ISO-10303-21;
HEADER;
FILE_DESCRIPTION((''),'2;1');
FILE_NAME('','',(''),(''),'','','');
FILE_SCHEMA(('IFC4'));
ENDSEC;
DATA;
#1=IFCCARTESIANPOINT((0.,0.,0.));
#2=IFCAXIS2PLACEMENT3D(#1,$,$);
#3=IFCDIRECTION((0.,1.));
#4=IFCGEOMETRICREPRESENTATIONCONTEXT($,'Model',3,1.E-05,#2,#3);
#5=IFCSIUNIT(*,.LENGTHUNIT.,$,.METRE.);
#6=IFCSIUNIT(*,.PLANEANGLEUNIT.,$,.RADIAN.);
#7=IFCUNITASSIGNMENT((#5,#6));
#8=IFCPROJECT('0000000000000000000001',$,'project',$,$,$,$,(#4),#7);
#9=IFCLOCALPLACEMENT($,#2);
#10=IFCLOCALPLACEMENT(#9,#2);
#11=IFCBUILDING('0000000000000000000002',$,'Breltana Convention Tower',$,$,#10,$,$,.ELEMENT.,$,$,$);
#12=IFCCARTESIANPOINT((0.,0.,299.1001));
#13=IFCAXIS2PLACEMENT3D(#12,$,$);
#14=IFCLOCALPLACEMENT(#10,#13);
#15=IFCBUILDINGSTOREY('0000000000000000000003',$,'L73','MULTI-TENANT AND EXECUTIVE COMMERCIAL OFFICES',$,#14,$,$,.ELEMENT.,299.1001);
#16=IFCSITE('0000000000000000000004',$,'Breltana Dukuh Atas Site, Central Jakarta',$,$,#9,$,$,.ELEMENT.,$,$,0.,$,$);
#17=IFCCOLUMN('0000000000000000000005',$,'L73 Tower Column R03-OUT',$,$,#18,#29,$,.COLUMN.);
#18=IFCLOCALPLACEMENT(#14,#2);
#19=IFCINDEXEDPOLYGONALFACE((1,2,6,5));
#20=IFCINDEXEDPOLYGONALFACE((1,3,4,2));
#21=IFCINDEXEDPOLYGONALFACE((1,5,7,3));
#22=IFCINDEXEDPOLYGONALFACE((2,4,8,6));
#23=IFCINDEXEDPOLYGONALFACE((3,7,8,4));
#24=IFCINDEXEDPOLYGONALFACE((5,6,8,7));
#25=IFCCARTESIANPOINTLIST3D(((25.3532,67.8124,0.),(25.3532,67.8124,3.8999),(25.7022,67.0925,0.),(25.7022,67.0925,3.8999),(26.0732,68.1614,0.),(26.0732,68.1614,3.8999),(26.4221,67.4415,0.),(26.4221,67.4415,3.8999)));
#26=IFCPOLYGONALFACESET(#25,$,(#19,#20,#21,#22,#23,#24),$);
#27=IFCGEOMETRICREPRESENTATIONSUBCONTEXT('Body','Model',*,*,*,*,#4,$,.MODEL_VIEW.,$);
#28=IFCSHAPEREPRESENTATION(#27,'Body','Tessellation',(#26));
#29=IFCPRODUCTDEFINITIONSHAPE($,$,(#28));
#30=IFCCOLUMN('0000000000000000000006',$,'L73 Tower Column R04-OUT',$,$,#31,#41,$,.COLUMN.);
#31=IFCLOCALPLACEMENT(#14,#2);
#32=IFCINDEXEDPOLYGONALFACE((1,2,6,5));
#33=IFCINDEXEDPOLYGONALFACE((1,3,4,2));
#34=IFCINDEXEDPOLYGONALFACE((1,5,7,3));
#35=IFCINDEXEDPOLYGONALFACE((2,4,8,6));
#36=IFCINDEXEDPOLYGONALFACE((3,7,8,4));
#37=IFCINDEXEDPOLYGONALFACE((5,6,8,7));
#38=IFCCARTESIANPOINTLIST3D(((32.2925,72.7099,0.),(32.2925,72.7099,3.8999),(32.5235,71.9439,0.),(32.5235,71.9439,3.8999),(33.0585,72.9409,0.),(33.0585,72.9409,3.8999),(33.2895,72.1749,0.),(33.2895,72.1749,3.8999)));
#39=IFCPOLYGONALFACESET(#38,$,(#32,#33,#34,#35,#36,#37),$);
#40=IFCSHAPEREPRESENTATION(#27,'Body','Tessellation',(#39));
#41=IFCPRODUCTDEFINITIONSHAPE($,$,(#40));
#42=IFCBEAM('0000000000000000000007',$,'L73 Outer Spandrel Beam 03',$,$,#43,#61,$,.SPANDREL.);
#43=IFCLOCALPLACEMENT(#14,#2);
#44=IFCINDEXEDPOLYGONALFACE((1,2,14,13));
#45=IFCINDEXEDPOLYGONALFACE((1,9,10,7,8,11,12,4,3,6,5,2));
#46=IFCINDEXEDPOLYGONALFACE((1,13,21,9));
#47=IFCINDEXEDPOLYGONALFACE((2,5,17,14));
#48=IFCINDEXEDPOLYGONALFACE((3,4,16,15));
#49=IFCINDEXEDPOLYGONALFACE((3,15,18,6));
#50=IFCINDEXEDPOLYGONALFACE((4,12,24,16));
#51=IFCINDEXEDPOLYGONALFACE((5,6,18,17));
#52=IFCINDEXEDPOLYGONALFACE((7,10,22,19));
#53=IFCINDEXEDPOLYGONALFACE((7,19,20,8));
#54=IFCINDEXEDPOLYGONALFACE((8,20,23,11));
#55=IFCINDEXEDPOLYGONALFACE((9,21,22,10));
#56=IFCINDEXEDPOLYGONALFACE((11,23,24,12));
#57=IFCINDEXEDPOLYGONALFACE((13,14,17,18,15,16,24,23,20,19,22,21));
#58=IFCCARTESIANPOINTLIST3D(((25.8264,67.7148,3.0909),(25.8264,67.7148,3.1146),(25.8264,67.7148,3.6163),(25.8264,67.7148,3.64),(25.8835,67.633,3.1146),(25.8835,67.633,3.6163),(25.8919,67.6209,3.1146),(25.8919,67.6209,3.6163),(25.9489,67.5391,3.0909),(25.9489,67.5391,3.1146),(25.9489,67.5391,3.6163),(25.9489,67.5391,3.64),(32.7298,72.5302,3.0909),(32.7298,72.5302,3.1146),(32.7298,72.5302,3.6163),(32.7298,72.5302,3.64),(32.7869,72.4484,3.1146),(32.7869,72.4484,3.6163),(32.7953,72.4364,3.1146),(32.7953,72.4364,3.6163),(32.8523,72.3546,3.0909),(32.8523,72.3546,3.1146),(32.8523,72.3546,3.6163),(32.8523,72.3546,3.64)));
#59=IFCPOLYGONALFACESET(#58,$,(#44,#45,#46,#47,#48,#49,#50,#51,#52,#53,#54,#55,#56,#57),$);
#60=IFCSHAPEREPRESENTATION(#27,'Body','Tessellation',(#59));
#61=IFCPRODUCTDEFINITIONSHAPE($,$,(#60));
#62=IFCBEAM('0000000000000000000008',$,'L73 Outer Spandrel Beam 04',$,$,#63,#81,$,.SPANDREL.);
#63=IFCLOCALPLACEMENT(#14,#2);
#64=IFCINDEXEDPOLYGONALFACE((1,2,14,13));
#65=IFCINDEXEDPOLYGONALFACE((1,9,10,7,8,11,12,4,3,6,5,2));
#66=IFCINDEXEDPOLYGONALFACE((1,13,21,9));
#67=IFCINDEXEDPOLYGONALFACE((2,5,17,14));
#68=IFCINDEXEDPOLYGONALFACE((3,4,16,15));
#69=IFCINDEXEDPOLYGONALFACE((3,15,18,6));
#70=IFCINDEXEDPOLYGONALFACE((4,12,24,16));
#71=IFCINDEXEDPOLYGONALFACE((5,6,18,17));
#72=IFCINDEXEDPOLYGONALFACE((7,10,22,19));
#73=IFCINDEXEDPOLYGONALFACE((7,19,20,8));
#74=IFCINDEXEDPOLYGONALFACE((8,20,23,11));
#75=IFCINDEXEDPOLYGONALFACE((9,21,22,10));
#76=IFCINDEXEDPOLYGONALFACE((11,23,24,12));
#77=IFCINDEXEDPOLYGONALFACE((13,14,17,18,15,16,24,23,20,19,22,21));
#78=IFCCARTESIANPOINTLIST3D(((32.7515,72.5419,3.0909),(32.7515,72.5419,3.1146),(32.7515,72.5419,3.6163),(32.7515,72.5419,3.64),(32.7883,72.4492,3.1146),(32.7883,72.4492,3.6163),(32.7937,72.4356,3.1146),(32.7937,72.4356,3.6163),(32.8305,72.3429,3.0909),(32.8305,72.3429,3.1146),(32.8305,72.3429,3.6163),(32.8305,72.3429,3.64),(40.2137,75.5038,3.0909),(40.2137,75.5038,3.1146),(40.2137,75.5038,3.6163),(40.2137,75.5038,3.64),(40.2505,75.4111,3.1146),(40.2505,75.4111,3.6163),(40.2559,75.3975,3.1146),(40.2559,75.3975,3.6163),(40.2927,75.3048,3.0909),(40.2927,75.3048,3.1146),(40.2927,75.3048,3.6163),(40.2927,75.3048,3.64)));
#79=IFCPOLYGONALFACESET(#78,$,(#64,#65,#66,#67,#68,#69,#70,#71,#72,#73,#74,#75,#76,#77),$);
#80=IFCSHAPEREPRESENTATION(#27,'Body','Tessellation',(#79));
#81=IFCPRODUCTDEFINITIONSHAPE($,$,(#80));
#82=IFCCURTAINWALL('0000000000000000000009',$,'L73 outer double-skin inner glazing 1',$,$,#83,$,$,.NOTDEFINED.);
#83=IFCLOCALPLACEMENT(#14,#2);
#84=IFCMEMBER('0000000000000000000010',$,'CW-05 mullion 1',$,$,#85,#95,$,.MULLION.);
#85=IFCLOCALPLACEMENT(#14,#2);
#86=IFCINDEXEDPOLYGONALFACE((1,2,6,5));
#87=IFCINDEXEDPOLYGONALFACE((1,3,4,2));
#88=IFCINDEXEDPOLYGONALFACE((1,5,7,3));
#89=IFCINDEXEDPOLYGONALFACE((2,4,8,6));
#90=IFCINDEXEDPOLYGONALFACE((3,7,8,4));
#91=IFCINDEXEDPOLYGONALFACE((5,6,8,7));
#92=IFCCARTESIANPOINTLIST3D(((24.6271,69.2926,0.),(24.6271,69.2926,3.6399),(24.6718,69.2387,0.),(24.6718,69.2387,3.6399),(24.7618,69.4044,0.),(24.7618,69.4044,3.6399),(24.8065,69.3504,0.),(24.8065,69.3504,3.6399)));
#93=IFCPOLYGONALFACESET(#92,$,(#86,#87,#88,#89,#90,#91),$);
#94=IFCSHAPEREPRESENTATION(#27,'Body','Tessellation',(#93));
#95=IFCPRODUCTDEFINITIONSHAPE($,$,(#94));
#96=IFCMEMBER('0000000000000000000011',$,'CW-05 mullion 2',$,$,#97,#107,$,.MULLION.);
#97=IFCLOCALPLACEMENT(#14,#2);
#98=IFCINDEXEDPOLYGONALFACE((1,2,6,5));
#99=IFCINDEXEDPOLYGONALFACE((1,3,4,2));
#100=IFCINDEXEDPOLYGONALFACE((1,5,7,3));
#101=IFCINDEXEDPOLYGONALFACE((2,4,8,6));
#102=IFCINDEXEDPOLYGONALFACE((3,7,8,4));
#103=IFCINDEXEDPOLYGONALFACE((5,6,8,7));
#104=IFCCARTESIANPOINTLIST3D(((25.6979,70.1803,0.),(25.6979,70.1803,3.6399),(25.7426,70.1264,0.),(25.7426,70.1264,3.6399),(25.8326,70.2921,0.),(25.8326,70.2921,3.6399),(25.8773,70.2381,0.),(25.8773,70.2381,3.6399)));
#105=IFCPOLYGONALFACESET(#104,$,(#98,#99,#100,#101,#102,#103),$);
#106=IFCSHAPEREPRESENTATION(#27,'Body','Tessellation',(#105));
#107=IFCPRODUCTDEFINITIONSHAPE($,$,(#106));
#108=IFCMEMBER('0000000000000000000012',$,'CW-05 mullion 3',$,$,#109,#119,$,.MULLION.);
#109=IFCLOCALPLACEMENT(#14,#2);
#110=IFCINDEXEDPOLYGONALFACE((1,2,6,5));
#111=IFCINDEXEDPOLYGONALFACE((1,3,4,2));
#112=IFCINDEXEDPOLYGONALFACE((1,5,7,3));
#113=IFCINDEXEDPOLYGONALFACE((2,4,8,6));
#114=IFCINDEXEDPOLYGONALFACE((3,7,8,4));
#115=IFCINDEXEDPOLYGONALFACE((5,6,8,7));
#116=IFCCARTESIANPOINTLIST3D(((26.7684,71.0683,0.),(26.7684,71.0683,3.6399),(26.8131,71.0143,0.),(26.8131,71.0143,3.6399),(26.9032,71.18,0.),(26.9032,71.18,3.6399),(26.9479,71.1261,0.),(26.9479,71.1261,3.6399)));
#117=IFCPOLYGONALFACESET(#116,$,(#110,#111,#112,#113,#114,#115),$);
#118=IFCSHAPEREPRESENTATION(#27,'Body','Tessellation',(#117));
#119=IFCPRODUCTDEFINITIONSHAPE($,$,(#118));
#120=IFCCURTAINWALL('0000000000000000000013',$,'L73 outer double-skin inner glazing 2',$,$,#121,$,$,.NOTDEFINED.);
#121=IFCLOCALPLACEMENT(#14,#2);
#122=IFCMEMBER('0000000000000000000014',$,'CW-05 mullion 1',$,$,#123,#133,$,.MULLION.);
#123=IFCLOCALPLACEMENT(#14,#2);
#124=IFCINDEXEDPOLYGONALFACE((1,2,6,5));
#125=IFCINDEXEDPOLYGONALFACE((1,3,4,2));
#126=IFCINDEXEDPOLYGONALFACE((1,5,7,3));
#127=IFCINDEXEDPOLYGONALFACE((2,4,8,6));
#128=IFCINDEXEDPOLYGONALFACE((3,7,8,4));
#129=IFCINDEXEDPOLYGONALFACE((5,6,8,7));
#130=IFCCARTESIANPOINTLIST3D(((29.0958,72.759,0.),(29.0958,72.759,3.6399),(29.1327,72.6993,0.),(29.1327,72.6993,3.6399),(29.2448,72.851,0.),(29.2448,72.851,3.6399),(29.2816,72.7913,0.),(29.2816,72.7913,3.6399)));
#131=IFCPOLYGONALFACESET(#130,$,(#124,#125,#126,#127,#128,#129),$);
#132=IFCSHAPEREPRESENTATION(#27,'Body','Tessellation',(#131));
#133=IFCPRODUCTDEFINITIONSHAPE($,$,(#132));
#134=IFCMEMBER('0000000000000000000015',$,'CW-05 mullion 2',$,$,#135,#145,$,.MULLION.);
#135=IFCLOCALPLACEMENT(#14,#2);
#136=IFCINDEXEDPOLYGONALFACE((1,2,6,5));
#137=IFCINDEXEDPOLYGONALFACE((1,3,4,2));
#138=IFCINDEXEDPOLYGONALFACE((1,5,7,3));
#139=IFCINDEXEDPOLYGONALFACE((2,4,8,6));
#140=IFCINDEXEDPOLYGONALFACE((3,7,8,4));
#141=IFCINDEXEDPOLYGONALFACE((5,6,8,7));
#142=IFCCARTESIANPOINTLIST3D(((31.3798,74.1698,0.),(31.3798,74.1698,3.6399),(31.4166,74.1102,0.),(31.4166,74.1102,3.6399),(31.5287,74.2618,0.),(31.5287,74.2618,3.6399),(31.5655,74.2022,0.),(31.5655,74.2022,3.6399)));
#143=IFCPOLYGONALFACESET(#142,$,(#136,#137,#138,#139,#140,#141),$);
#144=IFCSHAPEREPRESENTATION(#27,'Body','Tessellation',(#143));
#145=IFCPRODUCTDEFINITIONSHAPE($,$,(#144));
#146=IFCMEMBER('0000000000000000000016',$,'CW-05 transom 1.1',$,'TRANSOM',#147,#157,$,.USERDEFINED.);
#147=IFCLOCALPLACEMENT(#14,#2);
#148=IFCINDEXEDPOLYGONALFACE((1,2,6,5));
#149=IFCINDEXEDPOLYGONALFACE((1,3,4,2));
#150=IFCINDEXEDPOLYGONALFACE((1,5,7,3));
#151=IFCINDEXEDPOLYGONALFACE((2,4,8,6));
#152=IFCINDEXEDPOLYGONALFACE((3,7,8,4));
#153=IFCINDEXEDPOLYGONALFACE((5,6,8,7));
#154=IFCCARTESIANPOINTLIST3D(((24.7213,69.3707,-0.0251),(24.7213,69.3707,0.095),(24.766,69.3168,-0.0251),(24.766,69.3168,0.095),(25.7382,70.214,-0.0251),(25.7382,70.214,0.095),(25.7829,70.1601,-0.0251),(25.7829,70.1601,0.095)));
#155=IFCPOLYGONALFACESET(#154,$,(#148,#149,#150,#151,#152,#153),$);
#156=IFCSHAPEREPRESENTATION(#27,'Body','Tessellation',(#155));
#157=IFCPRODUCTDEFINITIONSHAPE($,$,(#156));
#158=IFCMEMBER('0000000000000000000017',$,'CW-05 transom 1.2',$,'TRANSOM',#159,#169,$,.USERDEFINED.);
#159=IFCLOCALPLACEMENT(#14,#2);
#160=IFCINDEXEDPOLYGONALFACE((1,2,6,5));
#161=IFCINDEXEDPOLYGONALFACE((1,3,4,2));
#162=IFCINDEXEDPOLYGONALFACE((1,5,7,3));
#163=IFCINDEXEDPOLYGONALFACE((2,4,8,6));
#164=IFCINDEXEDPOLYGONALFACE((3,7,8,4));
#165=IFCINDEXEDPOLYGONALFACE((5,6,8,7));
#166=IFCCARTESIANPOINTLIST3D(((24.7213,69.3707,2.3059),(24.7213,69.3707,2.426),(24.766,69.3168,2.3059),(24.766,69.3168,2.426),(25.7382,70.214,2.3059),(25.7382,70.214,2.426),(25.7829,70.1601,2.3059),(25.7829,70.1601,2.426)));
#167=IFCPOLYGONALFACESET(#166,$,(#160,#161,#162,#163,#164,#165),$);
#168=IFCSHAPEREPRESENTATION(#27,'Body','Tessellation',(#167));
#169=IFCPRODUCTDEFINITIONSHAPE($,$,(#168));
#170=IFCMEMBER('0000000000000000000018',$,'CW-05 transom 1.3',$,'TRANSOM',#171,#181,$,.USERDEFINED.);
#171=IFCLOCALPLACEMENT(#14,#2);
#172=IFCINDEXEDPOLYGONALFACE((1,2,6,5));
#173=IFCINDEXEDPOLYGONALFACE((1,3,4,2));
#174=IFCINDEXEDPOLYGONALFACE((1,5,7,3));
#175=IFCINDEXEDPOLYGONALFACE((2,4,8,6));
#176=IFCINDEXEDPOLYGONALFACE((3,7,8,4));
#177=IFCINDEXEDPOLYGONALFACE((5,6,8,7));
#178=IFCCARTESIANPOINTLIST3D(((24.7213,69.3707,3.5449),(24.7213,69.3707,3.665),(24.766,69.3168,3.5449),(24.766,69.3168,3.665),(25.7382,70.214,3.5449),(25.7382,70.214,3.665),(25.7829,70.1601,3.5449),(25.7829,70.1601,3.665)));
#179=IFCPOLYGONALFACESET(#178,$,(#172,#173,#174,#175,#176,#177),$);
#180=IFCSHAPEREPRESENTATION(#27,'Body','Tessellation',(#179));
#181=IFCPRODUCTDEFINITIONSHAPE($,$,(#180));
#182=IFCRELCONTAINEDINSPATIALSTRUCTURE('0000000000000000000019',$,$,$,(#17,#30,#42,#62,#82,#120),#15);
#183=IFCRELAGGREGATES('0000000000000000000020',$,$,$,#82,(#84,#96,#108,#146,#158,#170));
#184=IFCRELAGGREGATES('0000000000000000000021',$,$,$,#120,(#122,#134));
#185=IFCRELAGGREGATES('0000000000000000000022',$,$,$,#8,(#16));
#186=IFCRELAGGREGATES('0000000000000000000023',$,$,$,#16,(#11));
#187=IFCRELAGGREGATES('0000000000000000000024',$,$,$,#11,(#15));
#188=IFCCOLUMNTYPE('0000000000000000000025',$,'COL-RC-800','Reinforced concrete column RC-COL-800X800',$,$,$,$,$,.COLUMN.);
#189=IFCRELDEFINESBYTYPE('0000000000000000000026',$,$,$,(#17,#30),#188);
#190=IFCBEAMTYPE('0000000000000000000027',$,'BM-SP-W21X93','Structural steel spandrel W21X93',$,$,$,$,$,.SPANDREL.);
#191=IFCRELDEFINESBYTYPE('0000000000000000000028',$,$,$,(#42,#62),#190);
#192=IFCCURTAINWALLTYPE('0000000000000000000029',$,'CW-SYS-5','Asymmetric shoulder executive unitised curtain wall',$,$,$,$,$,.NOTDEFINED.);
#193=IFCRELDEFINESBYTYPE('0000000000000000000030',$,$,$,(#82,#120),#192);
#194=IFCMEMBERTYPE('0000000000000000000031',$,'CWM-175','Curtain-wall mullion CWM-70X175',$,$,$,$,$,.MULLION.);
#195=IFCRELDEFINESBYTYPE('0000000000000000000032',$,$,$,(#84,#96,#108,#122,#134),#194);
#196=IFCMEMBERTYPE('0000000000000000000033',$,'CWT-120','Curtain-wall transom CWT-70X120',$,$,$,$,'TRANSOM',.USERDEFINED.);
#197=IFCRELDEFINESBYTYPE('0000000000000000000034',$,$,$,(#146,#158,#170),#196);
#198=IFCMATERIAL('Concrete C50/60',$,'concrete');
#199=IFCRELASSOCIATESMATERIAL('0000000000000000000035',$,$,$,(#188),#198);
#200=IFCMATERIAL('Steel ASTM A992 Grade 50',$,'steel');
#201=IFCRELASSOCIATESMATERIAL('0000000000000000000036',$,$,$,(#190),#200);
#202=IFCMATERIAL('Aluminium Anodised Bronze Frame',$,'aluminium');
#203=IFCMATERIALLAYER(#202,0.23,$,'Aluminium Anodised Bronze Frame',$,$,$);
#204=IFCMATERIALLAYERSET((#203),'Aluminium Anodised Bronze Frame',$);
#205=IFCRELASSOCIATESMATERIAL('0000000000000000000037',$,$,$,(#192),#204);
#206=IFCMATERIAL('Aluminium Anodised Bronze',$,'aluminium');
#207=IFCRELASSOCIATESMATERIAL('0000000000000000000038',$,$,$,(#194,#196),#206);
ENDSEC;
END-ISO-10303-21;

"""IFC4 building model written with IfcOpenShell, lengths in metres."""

from ifc_helpers import new_model, si_unit, direction, frame, origin, origin_2d, place, context, subcontext, project, spatial, rectangle, i_section, extrude, source, transform, mapped, material, layer, layer_set, material_profile, profile_set, type_object, element, aggregate, save


model = new_model("IFC4")

# Units and contexts
model_context = context("Model", 3, precision=1e-05, world=origin(), true_north=direction((0.0, 1.0)))
body_context = subcontext(model_context, "Body", "Model", "MODEL_VIEW")
ifc_project = project(units=[si_unit("LENGTHUNIT", "METRE"), si_unit("PLANEANGLEUNIT", "RADIAN")], contexts=[model_context])

# Site, building, storey
site_placement = place(None, origin())
site = spatial("IfcSite", under=ifc_project, at=site_placement, Name="Breltana Dukuh Atas Site, Central Jakarta", CompositionType="ELEMENT", RefElevation=0.0)
building_placement = place(site_placement, origin())
building = spatial("IfcBuilding", under=site, at=building_placement, Name="Breltana Convention Tower", CompositionType="ELEMENT")
storey_placement = place(building_placement, frame((0.0, 0.0, 299.1001)))
storey = spatial("IfcBuildingStorey", under=building, at=storey_placement, Name="L73", Description="MULTI-TENANT AND EXECUTIVE COMMERCIAL OFFICES", CompositionType="ELEMENT", Elevation=299.1001)

# Columns
ifc_material_1 = material(Name="Concrete C50/60", Category="concrete")
ifc_material_profile_1 = material_profile(ifc_material_1, rectangle(XDim=0.8, YDim=0.8, at=origin_2d()), Name="RC-COL-800X800")
ifc_profile_set_1 = profile_set([ifc_material_profile_1], Name="Concrete C50/60")
column_type = type_object("IfcColumnType", Name="COL-RC-800", Description="Reinforced concrete column RC-COL-800X800", PredefinedType="COLUMN", material=ifc_profile_set_1)
shared_shape_1 = source(origin(), body_context, "Body", "SweptSolid", [
    extrude(rectangle(XDim=0.8, YDim=0.8, at=origin_2d()), origin(), (0.0, 0.0, 1.0), 3.8999),
])
for number, where, z_axis, x_axis, name in (
    (1, (25.8877, 67.627, 0.0), (0.0, 0.0, 1.0), (-0.436174, 0.899863, 0.0), "L73 Tower Column R03-OUT"),
    (2, (32.791, 72.4424, 0.0), (0.0, 0.0, 1.0), (-0.288698, 0.95742, 0.0), "L73 Tower Column R04-OUT"),
):
    element("IfcColumn", number, at=place(storey_placement, frame(where, z_axis=z_axis, x_axis=x_axis)), inside=storey, type_object=column_type, Name=name, PredefinedType="COLUMN", context=body_context, shape_type="MappedRepresentation", body=[
        mapped(shared_shape_1, transform((0.0, 0.0, 0.0), scale=1.0)),
    ])

# Beams
ifc_material_2 = material(Name="Steel ASTM A992 Grade 50", Category="steel")
ifc_material_profile_2 = material_profile(ifc_material_2, i_section(OverallWidth=0.2141, OverallDepth=0.5491, WebThickness=0.0146, FlangeThickness=0.0237, at=origin_2d()), Name="W21X93")
ifc_profile_set_2 = profile_set([ifc_material_profile_2], Name="Steel ASTM A992 Grade 50")
beam_type = type_object("IfcBeamType", Name="BM-SP-W21X93", Description="Structural steel spandrel W21X93", PredefinedType="SPANDREL", material=ifc_profile_set_2)
shared_shape_2 = source(origin(), body_context, "Body", "SweptSolid", [
    extrude(i_section(OverallWidth=0.2141, OverallDepth=0.5491, WebThickness=0.0146, FlangeThickness=0.0237, at=origin_2d()), origin(), (0.0, 0.0, 1.0), 8.417),
])
beam_1_placement = place(storey_placement, frame((25.8877, 67.627, 3.3655), z_axis=(0.820174, 0.572114, 0.0), x_axis=(-0.572114, 0.820174, 0.0)))
element("IfcBeam", 3, at=beam_1_placement, inside=storey, type_object=beam_type, Name="L73 Outer Spandrel Beam 03", PredefinedType="SPANDREL", context=body_context, shape_type="MappedRepresentation", body=[
    mapped(shared_shape_2, transform((0.0, 0.0, 0.0), scale=1.0)),
])
shared_shape_3 = source(origin(), body_context, "Body", "SweptSolid", [
    extrude(i_section(OverallWidth=0.2141, OverallDepth=0.5491, WebThickness=0.0146, FlangeThickness=0.0237, at=origin_2d()), origin(), (0.0, 0.0, 1.0), 8.0286),
])
beam_2_placement = place(storey_placement, frame((32.791, 72.4424, 3.3655), z_axis=(0.929459, 0.368925, 0.0), x_axis=(-0.368925, 0.929459, 0.0)))
element("IfcBeam", 4, at=beam_2_placement, inside=storey, type_object=beam_type, Name="L73 Outer Spandrel Beam 04", PredefinedType="SPANDREL", context=body_context, shape_type="MappedRepresentation", body=[
    mapped(shared_shape_3, transform((0.0, 0.0, 0.0), scale=1.0)),
])

# Curtain walls, members
ifc_material_3 = material(Name="Aluminium Anodised Bronze Frame", Category="aluminium")
ifc_layer_1 = layer(ifc_material_3, 0.23, Name="Aluminium Anodised Bronze Frame")
ifc_layer_set_1 = layer_set([ifc_layer_1], Name="Aluminium Anodised Bronze Frame")
curtain_wall_type = type_object("IfcCurtainWallType", Name="CW-SYS-5", Description="Asymmetric shoulder executive unitised curtain wall", PredefinedType="NOTDEFINED", material=ifc_layer_set_1)
curtain_wall_1_placement = place(storey_placement, origin())
curtain_wall_1 = element("IfcCurtainWall", 5, at=curtain_wall_1_placement, inside=storey, type_object=curtain_wall_type, Name="L73 outer double-skin inner glazing 1", PredefinedType="NOTDEFINED")
ifc_material_4 = material(Name="Aluminium Anodised Bronze", Category="aluminium")
ifc_material_profile_3 = material_profile(ifc_material_4, rectangle(XDim=0.0701, YDim=0.175, at=origin_2d()), Name="CWM-70X175")
ifc_profile_set_3 = profile_set([ifc_material_profile_3], Name="Aluminium Anodised Bronze")
member_type_1 = type_object("IfcMemberType", Name="CWM-175", Description="Curtain-wall mullion CWM-70X175", PredefinedType="MULLION", material=ifc_profile_set_3)
shared_shape_4 = source(origin(), body_context, "Body", "SweptSolid", [
    extrude(rectangle(XDim=0.0701, YDim=0.175, at=origin_2d()), origin(), (0.0, 0.0, 1.0), 3.6399),
])
member_1_placement = place(storey_placement, frame((24.7168, 69.3215, 0.0), z_axis=(0.0, 0.0, 1.0), x_axis=(-0.63832, 0.769771, 0.0)))
member_1 = element("IfcMember", 6, at=member_1_placement, type_object=member_type_1, Name="CW-05 mullion 1", PredefinedType="MULLION", context=body_context, shape_type="MappedRepresentation", body=[
    mapped(shared_shape_4, transform((0.0, 0.0, 0.0), scale=1.0)),
])
member_2_placement = place(storey_placement, frame((25.7876, 70.2092, 0.0), z_axis=(0.0, 0.0, 1.0), x_axis=(-0.63832, 0.769771, 0.0)))
member_2 = element("IfcMember", 7, at=member_2_placement, type_object=member_type_1, Name="CW-05 mullion 2", PredefinedType="MULLION", context=body_context, shape_type="MappedRepresentation", body=[
    mapped(shared_shape_4, transform((0.0, 0.0, 0.0), scale=1.0)),
])
member_3_placement = place(storey_placement, frame((26.8582, 71.0972, 0.0), z_axis=(0.0, 0.0, 1.0), x_axis=(-0.63832, 0.769771, 0.0)))
member_3 = element("IfcMember", 8, at=member_3_placement, type_object=member_type_1, Name="CW-05 mullion 3", PredefinedType="MULLION", context=body_context, shape_type="MappedRepresentation", body=[
    mapped(shared_shape_4, transform((0.0, 0.0, 0.0), scale=1.0)),
])
curtain_wall_2_placement = place(storey_placement, origin())
curtain_wall_2 = element("IfcCurtainWall", 9, at=curtain_wall_2_placement, inside=storey, type_object=curtain_wall_type, Name="L73 outer double-skin inner glazing 2", PredefinedType="NOTDEFINED")
member_4_placement = place(storey_placement, frame((29.1887, 72.7751, 0.0), z_axis=(0.0, 0.0, 1.0), x_axis=(-0.525541, 0.850768, 0.0)))
member_4 = element("IfcMember", 10, at=member_4_placement, type_object=member_type_1, Name="CW-05 mullion 1", PredefinedType="MULLION", context=body_context, shape_type="MappedRepresentation", body=[
    mapped(shared_shape_4, transform((0.0, 0.0, 0.0), scale=1.0)),
])
member_5_placement = place(storey_placement, frame((31.4727, 74.186, 0.0), z_axis=(0.0, 0.0, 1.0), x_axis=(-0.525541, 0.850768, 0.0)))
member_5 = element("IfcMember", 11, at=member_5_placement, type_object=member_type_1, Name="CW-05 mullion 2", PredefinedType="MULLION", context=body_context, shape_type="MappedRepresentation", body=[
    mapped(shared_shape_4, transform((0.0, 0.0, 0.0), scale=1.0)),
])

# Members
ifc_material_profile_4 = material_profile(ifc_material_4, rectangle(XDim=0.0701, YDim=0.1201, at=origin_2d()), Name="CWT-70X120")
ifc_profile_set_4 = profile_set([ifc_material_profile_4], Name="Aluminium Anodised Bronze")
member_type_2 = type_object("IfcMemberType", Name="CWT-120", Description="Curtain-wall transom CWT-70X120", ElementType="TRANSOM", PredefinedType="USERDEFINED", material=ifc_profile_set_4)
shared_shape_5 = source(origin(), body_context, "Body", "SweptSolid", [
    extrude(rectangle(XDim=0.0701, YDim=0.1201, at=origin_2d()), origin(), (0.0, 0.0, 1.0), 1.321),
])
member_6_placement = place(storey_placement, frame((24.7437, 69.3438, 0.0349), z_axis=(0.769749, 0.638347, 0.0), x_axis=(-0.638347, 0.769749, 0.0)))
member_6 = element("IfcMember", 12, at=member_6_placement, type_object=member_type_2, Name="CW-05 transom 1.1", ObjectType="TRANSOM", PredefinedType="USERDEFINED", context=body_context, shape_type="MappedRepresentation", body=[
    mapped(shared_shape_5, transform((0.0, 0.0, 0.0), scale=1.0)),
])
member_7_placement = place(storey_placement, frame((24.7437, 69.3438, 2.366), z_axis=(0.769749, 0.638347, 0.0), x_axis=(-0.638347, 0.769749, 0.0)))
member_7 = element("IfcMember", 13, at=member_7_placement, type_object=member_type_2, Name="CW-05 transom 1.2", ObjectType="TRANSOM", PredefinedType="USERDEFINED", context=body_context, shape_type="MappedRepresentation", body=[
    mapped(shared_shape_5, transform((0.0, 0.0, 0.0), scale=1.0)),
])
member_8_placement = place(storey_placement, frame((24.7437, 69.3438, 3.605), z_axis=(0.769749, 0.638347, 0.0), x_axis=(-0.638347, 0.769749, 0.0)))
member_8 = element("IfcMember", 14, at=member_8_placement, type_object=member_type_2, Name="CW-05 transom 1.3", ObjectType="TRANSOM", PredefinedType="USERDEFINED", context=body_context, shape_type="MappedRepresentation", body=[
    mapped(shared_shape_5, transform((0.0, 0.0, 0.0), scale=1.0)),
])

aggregate(curtain_wall_1, [member_1, member_2, member_3, member_6, member_7, member_8])
aggregate(curtain_wall_2, [member_4, member_5])

save(model, "model.ifc")
